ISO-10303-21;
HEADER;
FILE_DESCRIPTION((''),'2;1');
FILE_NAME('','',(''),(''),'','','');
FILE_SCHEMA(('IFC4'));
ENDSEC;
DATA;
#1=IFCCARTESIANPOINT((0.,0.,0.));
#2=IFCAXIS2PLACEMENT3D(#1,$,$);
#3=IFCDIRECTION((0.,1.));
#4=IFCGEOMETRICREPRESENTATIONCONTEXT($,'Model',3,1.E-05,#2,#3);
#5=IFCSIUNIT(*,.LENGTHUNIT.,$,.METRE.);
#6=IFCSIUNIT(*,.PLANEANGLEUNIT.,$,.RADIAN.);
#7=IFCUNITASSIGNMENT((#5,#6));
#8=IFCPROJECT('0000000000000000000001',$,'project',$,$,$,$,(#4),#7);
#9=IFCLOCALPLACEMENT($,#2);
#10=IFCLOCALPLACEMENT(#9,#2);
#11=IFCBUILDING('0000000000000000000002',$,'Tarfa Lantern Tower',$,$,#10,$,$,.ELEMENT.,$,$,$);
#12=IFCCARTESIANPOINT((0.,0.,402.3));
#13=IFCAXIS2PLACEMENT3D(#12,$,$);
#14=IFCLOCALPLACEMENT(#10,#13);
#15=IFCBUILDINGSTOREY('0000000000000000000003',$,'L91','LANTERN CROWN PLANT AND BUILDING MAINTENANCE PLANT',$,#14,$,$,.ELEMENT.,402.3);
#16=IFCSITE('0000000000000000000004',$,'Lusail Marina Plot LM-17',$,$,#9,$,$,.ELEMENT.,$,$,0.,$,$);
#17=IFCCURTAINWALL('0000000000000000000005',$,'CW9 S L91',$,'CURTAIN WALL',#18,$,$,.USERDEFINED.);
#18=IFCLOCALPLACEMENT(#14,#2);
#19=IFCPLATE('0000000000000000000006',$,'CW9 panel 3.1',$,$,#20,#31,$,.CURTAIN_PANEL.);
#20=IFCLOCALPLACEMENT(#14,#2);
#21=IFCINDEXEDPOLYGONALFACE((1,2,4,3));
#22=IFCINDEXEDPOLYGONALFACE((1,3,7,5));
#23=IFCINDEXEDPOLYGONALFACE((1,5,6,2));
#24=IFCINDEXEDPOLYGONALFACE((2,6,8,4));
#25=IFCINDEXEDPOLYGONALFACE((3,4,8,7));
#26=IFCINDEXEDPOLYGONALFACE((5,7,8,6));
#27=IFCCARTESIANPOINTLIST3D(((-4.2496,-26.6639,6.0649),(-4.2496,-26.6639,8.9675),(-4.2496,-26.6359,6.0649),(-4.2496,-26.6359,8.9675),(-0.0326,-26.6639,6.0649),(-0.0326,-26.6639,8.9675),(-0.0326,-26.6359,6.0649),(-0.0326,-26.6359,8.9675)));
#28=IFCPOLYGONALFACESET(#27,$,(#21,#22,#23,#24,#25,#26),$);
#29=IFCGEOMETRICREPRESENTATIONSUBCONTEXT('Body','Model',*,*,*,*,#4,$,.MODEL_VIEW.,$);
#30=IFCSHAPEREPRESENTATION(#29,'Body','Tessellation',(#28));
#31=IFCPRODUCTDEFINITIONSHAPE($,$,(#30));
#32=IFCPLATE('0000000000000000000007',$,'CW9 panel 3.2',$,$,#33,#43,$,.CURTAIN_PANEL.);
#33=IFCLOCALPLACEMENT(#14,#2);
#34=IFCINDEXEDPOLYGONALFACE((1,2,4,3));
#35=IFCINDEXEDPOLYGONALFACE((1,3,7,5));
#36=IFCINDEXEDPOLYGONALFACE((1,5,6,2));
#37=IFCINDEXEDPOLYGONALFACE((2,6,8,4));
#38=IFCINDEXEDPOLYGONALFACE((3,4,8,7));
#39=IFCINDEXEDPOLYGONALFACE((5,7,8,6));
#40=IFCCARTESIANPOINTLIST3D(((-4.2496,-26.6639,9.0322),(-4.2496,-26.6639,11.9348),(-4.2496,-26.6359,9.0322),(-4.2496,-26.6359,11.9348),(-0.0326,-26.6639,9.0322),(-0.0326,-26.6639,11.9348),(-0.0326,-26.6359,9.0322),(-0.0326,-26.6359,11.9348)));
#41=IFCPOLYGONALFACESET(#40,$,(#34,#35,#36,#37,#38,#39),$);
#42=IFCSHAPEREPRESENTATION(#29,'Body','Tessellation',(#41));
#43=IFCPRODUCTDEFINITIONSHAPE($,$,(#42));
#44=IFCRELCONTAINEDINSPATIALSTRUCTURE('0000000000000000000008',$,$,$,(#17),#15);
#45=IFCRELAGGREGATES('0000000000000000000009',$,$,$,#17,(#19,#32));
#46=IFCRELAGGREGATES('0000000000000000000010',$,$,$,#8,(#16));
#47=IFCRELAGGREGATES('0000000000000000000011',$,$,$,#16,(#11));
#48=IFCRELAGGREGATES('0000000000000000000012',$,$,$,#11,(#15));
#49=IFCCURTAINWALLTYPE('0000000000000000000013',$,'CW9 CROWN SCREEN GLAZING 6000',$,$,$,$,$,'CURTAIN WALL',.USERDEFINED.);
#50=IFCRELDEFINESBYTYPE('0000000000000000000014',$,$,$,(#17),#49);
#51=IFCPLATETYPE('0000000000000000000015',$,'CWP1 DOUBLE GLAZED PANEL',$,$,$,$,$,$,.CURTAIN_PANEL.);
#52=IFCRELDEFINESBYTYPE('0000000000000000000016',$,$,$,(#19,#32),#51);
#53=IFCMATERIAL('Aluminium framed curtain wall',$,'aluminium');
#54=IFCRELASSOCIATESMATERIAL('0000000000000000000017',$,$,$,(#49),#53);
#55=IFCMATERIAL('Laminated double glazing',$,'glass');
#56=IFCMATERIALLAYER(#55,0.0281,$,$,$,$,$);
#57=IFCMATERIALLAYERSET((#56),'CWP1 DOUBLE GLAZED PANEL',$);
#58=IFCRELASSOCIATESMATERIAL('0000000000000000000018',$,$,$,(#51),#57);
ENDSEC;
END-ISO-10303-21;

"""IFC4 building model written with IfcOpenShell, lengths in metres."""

from ifc_helpers import new_model, si_unit, direction, frame, origin, origin_2d, place, context, subcontext, project, spatial, rectangle, extrude, material, layer, layer_set, type_object, element, aggregate, save


model = new_model("IFC4")

# Units and contexts
model_context = context("Model", 3, precision=1e-05, world=origin(), true_north=direction((0.0, 1.0)))
body_context = subcontext(model_context, "Body", "Model", "MODEL_VIEW")
ifc_project = project(units=[si_unit("LENGTHUNIT", "METRE"), si_unit("PLANEANGLEUNIT", "RADIAN")], contexts=[model_context])

# Site, building, storey
site_placement = place(None, origin())
site = spatial("IfcSite", under=ifc_project, at=site_placement, Name="Lusail Marina Plot LM-17", CompositionType="ELEMENT", RefElevation=0.0)
building_placement = place(site_placement, origin())
building = spatial("IfcBuilding", under=site, at=building_placement, Name="Tarfa Lantern Tower", CompositionType="ELEMENT")
storey_placement = place(building_placement, frame((0.0, 0.0, 402.3)))
storey = spatial("IfcBuildingStorey", under=building, at=storey_placement, Name="L91", Description="LANTERN CROWN PLANT AND BUILDING MAINTENANCE PLANT", CompositionType="ELEMENT", Elevation=402.3)

# Curtain wall
ifc_material_1 = material(Name="Aluminium framed curtain wall", Category="aluminium")
curtain_wall_type_1 = type_object("IfcCurtainWallType", Name="CW9 CROWN SCREEN GLAZING 6000", ElementType="CURTAIN WALL", PredefinedType="USERDEFINED", material=ifc_material_1)
curtain_wall_1_placement = place(storey_placement, origin())
curtain_wall_1 = element("IfcCurtainWall", 1, at=curtain_wall_1_placement, inside=storey, type_object=curtain_wall_type_1, Name="CW9 S L91", ObjectType="CURTAIN WALL", PredefinedType="USERDEFINED")

# Plates
ifc_material_2 = material(Name="Laminated double glazing", Category="glass")
ifc_layer = layer(ifc_material_2, 0.0281)
ifc_layer_set = layer_set([ifc_layer], Name="CWP1 DOUBLE GLAZED PANEL")
plate_type = type_object("IfcPlateType", Name="CWP1 DOUBLE GLAZED PANEL", PredefinedType="CURTAIN_PANEL", material=ifc_layer_set)
plate_1_placement = place(storey_placement, frame((-2.1411, -26.6499, 6.0649), z_axis=(0.0, 0.0, 1.0), x_axis=(1.0, 0.0, 0.0)))
plate_1 = element("IfcPlate", 2, at=plate_1_placement, type_object=plate_type, Name="CW9 panel 3.1", PredefinedType="CURTAIN_PANEL", context=body_context, shape_type="SweptSolid", body=[
    extrude(rectangle(XDim=4.217, YDim=0.0281, at=origin_2d()), origin(), (0.0, 0.0, 1.0), 2.9026),
])
plate_2_placement = place(storey_placement, frame((-2.1411, -26.6499, 9.0322), z_axis=(0.0, 0.0, 1.0), x_axis=(1.0, 0.0, 0.0)))
plate_2 = element("IfcPlate", 3, at=plate_2_placement, type_object=plate_type, Name="CW9 panel 3.2", PredefinedType="CURTAIN_PANEL", context=body_context, shape_type="SweptSolid", body=[
    extrude(rectangle(XDim=4.217, YDim=0.0281, at=origin_2d()), origin(), (0.0, 0.0, 1.0), 2.9026),
])
aggregate(curtain_wall_1, [plate_1, plate_2])

save(model, "model.ifc")
